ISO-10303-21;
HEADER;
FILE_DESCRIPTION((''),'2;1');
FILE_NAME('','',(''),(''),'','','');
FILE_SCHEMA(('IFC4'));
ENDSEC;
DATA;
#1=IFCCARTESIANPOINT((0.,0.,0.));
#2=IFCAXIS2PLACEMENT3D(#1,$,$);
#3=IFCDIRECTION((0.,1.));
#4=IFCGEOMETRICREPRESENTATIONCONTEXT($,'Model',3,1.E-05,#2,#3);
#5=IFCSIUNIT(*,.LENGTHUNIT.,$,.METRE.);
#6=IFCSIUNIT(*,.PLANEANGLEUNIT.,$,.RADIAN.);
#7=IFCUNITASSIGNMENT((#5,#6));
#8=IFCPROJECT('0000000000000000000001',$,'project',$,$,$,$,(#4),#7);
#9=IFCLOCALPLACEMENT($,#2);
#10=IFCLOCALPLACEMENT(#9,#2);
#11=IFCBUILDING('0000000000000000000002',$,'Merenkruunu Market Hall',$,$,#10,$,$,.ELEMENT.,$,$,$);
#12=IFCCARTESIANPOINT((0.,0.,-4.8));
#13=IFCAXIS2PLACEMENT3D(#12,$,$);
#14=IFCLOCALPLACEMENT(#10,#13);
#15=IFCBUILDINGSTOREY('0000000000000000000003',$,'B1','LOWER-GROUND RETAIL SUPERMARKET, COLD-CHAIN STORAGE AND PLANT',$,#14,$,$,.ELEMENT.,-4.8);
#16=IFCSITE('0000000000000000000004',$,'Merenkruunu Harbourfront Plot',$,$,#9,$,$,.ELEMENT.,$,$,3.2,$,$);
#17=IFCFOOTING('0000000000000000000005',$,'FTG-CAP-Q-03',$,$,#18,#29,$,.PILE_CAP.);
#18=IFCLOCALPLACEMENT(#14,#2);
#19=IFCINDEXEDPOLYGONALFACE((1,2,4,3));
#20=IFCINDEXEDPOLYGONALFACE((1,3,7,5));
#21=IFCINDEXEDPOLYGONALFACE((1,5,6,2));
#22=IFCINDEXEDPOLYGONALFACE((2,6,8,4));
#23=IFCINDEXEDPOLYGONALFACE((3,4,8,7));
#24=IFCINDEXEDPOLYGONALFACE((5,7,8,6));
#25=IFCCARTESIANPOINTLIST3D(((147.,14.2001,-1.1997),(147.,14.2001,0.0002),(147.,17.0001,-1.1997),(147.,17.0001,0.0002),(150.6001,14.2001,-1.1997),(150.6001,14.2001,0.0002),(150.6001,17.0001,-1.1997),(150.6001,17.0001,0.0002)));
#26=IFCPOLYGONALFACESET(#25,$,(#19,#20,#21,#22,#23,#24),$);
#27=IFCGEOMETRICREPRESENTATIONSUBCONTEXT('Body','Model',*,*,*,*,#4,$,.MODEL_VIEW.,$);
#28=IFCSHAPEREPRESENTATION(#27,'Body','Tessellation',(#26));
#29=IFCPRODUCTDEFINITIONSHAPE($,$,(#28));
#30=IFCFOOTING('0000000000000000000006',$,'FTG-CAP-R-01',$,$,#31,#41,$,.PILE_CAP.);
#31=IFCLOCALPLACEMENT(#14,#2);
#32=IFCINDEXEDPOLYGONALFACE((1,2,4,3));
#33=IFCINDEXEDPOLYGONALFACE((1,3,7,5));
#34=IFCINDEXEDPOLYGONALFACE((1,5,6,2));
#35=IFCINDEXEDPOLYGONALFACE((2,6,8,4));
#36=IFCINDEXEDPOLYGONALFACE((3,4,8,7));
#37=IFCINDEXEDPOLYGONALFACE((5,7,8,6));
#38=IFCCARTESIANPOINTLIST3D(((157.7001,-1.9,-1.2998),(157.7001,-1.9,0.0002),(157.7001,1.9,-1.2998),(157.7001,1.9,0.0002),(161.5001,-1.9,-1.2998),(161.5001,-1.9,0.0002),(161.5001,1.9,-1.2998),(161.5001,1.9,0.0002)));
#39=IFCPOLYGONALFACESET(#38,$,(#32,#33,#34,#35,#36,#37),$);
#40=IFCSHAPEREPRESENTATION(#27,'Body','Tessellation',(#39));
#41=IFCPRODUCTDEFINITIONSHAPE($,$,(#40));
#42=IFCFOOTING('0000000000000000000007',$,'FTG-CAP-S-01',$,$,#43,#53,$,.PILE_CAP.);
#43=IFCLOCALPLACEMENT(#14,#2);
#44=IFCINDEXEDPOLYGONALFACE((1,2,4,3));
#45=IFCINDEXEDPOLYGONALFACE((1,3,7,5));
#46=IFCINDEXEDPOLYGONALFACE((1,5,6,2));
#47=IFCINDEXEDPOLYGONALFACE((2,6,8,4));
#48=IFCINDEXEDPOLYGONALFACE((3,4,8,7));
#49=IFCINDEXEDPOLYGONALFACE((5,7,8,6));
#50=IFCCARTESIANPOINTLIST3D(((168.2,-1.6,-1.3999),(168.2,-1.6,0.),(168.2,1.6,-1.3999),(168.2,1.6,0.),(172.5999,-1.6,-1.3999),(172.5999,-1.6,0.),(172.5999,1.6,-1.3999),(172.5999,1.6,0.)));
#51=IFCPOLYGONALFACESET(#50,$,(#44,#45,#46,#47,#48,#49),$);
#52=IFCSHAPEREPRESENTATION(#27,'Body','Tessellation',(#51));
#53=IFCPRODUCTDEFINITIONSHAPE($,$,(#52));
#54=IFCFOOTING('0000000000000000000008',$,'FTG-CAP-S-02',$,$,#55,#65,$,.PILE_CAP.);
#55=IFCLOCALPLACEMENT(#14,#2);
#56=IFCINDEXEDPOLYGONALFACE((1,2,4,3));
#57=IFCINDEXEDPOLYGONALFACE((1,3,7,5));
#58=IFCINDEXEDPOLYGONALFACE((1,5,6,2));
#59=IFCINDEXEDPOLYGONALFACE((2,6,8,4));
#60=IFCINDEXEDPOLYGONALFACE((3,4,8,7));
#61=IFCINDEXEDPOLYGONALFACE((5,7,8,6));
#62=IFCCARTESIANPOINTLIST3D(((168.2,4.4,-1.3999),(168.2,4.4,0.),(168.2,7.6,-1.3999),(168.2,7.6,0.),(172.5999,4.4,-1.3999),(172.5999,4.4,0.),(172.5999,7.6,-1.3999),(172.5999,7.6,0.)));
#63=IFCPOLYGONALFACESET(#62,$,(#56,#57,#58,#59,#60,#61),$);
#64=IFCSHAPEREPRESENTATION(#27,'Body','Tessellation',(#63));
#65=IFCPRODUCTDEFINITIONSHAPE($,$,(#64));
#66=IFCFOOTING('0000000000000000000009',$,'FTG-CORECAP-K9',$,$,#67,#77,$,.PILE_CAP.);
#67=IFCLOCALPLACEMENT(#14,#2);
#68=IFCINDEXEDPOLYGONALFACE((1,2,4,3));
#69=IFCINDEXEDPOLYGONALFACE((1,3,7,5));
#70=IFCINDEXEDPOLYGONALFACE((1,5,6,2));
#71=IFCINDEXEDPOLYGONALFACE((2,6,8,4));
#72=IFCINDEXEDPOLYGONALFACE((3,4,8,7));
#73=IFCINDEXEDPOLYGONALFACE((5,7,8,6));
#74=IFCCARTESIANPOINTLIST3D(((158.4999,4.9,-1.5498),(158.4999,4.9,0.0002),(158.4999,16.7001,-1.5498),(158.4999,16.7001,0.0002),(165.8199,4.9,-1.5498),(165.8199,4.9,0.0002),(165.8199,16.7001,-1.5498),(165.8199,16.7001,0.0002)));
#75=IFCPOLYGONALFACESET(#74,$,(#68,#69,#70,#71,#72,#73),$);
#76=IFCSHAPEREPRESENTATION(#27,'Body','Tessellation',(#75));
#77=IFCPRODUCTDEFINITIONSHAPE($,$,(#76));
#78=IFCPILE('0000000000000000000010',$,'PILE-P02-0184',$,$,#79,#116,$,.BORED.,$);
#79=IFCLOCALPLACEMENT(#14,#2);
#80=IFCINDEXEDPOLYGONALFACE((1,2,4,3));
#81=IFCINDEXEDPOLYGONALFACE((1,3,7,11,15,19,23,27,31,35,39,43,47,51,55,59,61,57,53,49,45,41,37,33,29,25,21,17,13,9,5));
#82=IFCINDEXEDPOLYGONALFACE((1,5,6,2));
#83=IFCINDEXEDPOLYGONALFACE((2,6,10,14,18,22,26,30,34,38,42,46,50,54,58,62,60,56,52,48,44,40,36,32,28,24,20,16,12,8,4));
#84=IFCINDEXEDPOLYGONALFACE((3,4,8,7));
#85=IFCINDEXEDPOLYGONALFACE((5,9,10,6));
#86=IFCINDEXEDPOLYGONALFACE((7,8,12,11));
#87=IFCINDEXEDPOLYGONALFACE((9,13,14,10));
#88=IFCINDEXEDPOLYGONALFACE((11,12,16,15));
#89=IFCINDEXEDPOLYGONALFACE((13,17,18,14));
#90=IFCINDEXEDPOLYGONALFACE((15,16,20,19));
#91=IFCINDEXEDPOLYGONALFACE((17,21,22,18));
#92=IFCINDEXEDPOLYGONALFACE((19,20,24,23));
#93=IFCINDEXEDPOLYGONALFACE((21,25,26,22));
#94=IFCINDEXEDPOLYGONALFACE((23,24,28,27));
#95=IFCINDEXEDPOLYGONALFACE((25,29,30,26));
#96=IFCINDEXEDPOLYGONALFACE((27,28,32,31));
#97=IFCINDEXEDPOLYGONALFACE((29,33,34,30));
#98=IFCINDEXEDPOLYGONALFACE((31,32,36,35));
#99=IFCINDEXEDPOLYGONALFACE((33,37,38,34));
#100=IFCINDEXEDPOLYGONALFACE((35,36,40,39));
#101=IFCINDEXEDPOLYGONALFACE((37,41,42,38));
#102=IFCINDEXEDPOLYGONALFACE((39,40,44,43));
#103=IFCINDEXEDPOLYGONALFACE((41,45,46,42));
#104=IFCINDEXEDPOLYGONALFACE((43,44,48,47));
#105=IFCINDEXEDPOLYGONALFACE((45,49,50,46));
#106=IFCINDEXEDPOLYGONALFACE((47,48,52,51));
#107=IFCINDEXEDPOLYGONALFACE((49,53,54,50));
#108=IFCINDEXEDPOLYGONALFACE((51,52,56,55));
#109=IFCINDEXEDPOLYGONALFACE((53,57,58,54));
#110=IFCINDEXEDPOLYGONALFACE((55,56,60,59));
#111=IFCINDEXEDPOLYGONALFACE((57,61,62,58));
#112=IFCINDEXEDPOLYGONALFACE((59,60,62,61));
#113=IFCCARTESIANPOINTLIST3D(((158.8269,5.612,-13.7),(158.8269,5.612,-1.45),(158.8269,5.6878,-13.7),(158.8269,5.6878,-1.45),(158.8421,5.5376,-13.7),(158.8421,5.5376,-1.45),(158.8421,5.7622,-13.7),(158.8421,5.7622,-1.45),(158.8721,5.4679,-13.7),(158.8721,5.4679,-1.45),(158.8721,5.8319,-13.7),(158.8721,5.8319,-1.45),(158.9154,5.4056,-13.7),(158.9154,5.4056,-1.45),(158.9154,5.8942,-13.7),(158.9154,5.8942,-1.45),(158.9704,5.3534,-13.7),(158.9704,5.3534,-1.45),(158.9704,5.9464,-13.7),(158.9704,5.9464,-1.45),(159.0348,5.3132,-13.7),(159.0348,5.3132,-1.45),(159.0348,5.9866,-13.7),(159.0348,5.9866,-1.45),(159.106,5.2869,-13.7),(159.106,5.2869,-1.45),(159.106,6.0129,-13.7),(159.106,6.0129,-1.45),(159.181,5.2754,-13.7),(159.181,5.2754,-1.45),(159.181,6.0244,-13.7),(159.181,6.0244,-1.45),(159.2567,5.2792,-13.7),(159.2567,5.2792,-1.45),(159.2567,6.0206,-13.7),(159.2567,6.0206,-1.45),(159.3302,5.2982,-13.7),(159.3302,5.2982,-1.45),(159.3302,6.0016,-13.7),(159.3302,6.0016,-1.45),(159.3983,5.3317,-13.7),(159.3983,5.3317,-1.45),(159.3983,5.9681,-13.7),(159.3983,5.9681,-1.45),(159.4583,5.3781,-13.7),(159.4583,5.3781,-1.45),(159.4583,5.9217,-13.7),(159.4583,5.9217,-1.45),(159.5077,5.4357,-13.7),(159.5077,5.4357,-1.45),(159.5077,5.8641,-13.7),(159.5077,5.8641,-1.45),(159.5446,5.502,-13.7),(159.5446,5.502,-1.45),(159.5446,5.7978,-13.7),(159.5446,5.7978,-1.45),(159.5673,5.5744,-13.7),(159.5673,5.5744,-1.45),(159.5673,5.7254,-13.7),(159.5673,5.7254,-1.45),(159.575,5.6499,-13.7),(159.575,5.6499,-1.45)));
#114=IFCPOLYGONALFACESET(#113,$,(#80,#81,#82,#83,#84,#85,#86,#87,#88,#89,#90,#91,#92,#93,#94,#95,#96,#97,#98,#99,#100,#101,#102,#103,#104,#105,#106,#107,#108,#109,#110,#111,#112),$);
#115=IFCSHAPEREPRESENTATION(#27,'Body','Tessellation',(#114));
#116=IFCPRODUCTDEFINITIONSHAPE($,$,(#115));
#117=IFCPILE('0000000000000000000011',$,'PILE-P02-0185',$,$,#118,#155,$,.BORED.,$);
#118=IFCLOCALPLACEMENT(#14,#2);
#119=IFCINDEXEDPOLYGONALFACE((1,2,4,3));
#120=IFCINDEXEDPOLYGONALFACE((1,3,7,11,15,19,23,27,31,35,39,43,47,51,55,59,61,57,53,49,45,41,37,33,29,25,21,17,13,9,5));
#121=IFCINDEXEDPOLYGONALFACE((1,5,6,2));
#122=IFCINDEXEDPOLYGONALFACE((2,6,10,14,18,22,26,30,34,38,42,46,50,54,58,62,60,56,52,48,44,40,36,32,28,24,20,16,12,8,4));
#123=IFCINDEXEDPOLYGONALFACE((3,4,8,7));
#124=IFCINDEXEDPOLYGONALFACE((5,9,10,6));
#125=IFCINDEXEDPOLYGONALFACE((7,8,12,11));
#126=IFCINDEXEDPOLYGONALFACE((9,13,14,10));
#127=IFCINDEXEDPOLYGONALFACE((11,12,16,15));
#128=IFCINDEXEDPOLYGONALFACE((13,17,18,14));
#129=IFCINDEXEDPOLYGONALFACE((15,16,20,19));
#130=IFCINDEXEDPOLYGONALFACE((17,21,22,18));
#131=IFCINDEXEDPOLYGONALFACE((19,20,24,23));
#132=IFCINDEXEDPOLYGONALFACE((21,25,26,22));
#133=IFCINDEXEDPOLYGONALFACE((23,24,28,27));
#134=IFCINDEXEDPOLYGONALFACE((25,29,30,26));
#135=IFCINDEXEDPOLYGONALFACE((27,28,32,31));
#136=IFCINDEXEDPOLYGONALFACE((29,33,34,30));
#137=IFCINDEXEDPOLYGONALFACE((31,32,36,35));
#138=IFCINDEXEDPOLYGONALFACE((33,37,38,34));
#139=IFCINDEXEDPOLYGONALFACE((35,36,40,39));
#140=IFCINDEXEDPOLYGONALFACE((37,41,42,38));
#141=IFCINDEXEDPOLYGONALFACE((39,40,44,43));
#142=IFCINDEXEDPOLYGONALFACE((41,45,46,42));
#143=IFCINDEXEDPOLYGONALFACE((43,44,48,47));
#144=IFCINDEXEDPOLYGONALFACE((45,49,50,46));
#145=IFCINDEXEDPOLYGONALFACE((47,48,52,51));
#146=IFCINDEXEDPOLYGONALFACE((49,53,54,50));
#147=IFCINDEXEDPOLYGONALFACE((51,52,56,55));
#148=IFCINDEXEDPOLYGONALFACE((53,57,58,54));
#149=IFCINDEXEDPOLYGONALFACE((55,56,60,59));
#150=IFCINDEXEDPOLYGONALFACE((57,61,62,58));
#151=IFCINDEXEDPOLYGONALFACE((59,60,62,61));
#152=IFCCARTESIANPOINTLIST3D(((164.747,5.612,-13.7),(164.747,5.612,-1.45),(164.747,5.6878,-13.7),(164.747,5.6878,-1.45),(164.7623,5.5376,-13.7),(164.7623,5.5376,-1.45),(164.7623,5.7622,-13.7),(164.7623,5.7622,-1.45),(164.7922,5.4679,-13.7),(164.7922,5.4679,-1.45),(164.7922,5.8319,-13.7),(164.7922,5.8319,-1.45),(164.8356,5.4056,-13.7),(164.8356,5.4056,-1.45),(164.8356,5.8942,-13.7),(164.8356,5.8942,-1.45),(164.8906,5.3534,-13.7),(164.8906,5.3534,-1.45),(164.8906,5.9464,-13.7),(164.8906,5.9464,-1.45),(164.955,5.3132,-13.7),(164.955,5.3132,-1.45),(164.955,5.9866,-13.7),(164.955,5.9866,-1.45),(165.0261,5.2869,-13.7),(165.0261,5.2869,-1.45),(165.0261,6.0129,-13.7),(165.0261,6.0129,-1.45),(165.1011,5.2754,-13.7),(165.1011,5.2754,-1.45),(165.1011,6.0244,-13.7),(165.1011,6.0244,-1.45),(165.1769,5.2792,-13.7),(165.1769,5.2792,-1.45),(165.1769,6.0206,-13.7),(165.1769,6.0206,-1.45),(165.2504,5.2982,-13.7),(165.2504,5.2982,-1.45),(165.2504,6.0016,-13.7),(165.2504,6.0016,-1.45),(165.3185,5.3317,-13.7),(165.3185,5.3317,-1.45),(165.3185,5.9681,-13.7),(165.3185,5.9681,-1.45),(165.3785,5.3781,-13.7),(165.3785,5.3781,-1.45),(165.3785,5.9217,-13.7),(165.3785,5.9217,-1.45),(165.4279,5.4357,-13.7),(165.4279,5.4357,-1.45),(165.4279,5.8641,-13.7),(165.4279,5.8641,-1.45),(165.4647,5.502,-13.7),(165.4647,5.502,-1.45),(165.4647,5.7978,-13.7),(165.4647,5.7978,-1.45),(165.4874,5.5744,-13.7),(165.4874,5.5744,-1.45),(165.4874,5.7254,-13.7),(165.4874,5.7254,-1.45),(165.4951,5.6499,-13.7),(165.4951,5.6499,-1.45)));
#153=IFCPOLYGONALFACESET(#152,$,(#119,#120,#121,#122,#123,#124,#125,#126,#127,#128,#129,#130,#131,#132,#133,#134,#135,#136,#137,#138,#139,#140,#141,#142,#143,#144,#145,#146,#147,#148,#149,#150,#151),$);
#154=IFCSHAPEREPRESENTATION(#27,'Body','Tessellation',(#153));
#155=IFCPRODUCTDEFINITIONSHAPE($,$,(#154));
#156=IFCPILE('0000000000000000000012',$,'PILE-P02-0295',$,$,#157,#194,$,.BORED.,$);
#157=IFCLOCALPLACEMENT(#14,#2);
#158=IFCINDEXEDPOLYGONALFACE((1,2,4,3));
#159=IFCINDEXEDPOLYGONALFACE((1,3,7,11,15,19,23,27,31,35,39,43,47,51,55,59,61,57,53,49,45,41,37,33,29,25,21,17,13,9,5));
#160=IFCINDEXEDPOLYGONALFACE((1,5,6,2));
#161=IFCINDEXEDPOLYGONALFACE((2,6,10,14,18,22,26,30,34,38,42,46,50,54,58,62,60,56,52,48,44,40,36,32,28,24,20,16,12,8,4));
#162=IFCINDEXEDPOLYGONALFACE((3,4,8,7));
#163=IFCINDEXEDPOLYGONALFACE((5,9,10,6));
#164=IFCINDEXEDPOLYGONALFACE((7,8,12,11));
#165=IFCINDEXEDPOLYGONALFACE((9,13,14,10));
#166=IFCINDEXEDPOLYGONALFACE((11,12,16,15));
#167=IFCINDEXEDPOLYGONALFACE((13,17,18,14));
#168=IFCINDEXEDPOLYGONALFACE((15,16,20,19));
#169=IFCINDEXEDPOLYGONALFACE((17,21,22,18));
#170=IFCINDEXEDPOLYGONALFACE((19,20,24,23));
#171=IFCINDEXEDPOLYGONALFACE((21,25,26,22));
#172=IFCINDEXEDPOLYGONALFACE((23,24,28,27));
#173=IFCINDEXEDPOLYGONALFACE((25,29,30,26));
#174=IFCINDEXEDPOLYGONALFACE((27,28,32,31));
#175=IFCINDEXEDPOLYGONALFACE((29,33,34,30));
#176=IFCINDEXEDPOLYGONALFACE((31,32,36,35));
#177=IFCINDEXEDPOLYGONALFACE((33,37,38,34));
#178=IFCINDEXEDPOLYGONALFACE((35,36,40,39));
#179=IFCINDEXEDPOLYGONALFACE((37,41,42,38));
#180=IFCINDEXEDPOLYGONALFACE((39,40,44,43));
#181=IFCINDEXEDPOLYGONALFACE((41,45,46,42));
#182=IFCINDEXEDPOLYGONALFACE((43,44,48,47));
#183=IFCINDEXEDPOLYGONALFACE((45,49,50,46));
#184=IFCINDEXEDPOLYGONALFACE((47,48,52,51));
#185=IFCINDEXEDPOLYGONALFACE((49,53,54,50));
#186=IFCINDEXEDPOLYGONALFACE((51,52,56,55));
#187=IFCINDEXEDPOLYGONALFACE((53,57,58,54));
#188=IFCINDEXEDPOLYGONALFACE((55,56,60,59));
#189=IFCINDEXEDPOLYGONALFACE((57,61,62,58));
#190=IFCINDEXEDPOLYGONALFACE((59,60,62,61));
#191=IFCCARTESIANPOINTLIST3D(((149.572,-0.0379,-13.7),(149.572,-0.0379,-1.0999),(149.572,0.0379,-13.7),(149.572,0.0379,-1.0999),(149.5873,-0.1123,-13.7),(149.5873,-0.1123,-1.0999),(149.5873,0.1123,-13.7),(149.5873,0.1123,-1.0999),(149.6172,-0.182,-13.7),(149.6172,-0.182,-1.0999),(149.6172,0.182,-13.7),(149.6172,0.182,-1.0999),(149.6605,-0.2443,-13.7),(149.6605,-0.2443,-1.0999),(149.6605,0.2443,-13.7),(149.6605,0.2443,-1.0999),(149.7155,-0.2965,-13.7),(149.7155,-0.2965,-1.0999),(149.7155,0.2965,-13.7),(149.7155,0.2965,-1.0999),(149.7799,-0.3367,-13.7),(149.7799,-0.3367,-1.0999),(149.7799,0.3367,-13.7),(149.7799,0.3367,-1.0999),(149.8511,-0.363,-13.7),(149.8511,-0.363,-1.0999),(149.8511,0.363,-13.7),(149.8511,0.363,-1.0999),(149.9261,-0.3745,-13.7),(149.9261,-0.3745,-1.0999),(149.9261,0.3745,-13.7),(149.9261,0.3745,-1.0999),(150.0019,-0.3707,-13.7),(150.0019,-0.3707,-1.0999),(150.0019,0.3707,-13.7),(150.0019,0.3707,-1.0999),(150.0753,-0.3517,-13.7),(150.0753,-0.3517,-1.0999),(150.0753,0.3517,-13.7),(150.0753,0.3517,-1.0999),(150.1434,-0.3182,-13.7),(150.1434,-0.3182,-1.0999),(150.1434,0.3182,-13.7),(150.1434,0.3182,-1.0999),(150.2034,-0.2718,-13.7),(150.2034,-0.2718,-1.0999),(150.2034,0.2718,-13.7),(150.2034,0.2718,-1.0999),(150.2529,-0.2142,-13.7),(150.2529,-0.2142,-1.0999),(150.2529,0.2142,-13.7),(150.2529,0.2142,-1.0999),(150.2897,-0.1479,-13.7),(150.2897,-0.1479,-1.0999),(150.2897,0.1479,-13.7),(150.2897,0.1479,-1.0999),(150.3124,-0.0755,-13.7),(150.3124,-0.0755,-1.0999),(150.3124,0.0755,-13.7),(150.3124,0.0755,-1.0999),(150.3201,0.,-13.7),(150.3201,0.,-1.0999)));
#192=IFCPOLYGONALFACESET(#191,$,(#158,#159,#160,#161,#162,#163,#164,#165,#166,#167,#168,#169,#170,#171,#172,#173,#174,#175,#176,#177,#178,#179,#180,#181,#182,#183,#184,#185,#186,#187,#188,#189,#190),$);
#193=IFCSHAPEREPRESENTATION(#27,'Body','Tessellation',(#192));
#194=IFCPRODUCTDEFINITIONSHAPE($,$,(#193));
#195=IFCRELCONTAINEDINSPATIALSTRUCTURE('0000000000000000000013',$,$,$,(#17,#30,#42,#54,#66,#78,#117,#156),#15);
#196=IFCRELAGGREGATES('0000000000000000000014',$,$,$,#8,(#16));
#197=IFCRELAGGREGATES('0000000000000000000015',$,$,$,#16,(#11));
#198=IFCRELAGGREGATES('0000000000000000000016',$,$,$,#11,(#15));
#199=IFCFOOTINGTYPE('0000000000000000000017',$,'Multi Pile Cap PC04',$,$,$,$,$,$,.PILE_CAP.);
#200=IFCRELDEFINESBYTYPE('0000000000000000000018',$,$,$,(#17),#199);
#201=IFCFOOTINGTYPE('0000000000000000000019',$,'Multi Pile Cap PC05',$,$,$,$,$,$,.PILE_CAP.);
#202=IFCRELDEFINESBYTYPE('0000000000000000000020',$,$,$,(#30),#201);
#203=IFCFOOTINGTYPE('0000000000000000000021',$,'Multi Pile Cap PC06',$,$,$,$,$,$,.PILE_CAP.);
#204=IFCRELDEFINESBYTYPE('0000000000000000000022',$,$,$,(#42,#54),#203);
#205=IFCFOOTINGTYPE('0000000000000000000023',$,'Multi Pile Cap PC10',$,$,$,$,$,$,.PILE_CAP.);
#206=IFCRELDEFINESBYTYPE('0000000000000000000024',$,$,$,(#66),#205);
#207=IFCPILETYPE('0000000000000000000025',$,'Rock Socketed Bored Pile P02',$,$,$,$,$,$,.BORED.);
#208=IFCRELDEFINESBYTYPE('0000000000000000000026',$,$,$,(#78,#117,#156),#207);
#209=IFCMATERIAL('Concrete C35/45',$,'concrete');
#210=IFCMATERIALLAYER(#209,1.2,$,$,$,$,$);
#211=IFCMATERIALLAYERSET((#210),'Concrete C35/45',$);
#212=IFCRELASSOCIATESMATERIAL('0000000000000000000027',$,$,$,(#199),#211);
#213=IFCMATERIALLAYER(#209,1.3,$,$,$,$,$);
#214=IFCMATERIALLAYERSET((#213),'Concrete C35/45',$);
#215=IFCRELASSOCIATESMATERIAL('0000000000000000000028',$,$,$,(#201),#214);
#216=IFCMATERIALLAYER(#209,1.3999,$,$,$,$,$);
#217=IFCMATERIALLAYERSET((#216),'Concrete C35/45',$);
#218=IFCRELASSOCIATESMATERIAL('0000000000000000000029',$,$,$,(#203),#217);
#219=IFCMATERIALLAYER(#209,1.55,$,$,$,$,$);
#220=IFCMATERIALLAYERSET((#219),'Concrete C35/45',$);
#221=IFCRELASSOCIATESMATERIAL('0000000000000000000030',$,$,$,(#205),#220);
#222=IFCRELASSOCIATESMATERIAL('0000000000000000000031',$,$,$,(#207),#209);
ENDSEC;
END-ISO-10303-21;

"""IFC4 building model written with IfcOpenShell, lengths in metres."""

from ifc_helpers import new_model, si_unit, direction, frame, origin, origin_2d, place, context, subcontext, project, spatial, rectangle, circle, extrude, material, layer, layer_set, material_profile, profile_set, type_object, element, save


model = new_model("IFC4")

# Units and contexts
model_context = context("Model", 3, precision=1e-05, world=origin(), true_north=direction((0.0, 1.0)))
body_context = subcontext(model_context, "Body", "Model", "MODEL_VIEW")
ifc_project = project(units=[si_unit("LENGTHUNIT", "METRE"), si_unit("PLANEANGLEUNIT", "RADIAN")], contexts=[model_context])

# Site, building, storey
site_placement = place(None, origin())
site = spatial("IfcSite", under=ifc_project, at=site_placement, Name="Merenkruunu Harbourfront Plot", CompositionType="ELEMENT", RefElevation=3.2)
building_placement = place(site_placement, origin())
building = spatial("IfcBuilding", under=site, at=building_placement, Name="Merenkruunu Market Hall", CompositionType="ELEMENT")
storey_placement = place(building_placement, frame((0.0, 0.0, -4.8)))
storey = spatial("IfcBuildingStorey", under=building, at=storey_placement, Name="B1", Description="LOWER-GROUND RETAIL SUPERMARKET, COLD-CHAIN STORAGE AND PLANT", CompositionType="ELEMENT", Elevation=-4.8)

# Footings
ifc_material = material(Name="Concrete C35/45", Category="concrete")
ifc_layer_1 = layer(ifc_material, 1.2)
ifc_layer_set_1 = layer_set([ifc_layer_1], Name="Concrete C35/45")
footing_type_1 = type_object("IfcFootingType", Name="Multi Pile Cap PC04", PredefinedType="PILE_CAP", material=ifc_layer_set_1)
footing_1_placement = place(storey_placement, frame((148.8, 15.6001, -1.1997), z_axis=(0.0, 0.0, 1.0), x_axis=(1.0, 0.0, 0.0)))
element("IfcFooting", 1, at=footing_1_placement, inside=storey, type_object=footing_type_1, Name="FTG-CAP-Q-03", PredefinedType="PILE_CAP", context=body_context, shape_type="SweptSolid", body=[
    extrude(rectangle(XDim=3.6001, YDim=2.8, at=origin_2d()), origin(), (0.0, 0.0, 1.0), 1.2),
])
ifc_layer_2 = layer(ifc_material, 1.3)
ifc_layer_set_2 = layer_set([ifc_layer_2], Name="Concrete C35/45")
footing_type_2 = type_object("IfcFootingType", Name="Multi Pile Cap PC05", PredefinedType="PILE_CAP", material=ifc_layer_set_2)
footing_2_placement = place(storey_placement, frame((159.6001, 0.0, -1.2998), z_axis=(0.0, 0.0, 1.0), x_axis=(1.0, 0.0, 0.0)))
element("IfcFooting", 2, at=footing_2_placement, inside=storey, type_object=footing_type_2, Name="FTG-CAP-R-01", PredefinedType="PILE_CAP", context=body_context, shape_type="SweptSolid", body=[
    extrude(rectangle(XDim=3.8, YDim=3.8, at=origin_2d()), origin(), (0.0, 0.0, 1.0), 1.3),
])
ifc_layer_3 = layer(ifc_material, 1.3999)
ifc_layer_set_3 = layer_set([ifc_layer_3], Name="Concrete C35/45")
footing_type_3 = type_object("IfcFootingType", Name="Multi Pile Cap PC06", PredefinedType="PILE_CAP", material=ifc_layer_set_3)
for number, where, z_axis, x_axis, name in (
    (3, (170.3999, 0.0, -1.3999), (0.0, 0.0, 1.0), (1.0, 0.0, 0.0), "FTG-CAP-S-01"),
    (4, (170.3999, 6.0, -1.3999), (0.0, 0.0, 1.0), (1.0, 0.0, 0.0), "FTG-CAP-S-02"),
):
    element("IfcFooting", number, at=place(storey_placement, frame(where, z_axis=z_axis, x_axis=x_axis)), inside=storey, type_object=footing_type_3, Name=name, PredefinedType="PILE_CAP", context=body_context, shape_type="SweptSolid", body=[
        extrude(rectangle(XDim=4.3999, YDim=3.2, at=origin_2d()), origin(), (0.0, 0.0, 1.0), 1.3999),
    ])
ifc_layer_4 = layer(ifc_material, 1.55)
ifc_layer_set_4 = layer_set([ifc_layer_4], Name="Concrete C35/45")
footing_type_4 = type_object("IfcFootingType", Name="Multi Pile Cap PC10", PredefinedType="PILE_CAP", material=ifc_layer_set_4)
footing_3_placement = place(storey_placement, frame((162.1599, 10.8, -1.5498), z_axis=(0.0, 0.0, 1.0), x_axis=(1.0, 0.0, 0.0)))
element("IfcFooting", 5, at=footing_3_placement, inside=storey, type_object=footing_type_4, Name="FTG-CORECAP-K9", PredefinedType="PILE_CAP", context=body_context, shape_type="SweptSolid", body=[
    extrude(rectangle(XDim=7.3201, YDim=11.8, at=origin_2d()), origin(), (0.0, 0.0, 1.0), 1.55),
])

# Piles
ifc_material_profile_1 = material_profile(ifc_material, circle(Radius=0.375, at=origin_2d()), Name="BORED PILE 750")
ifc_profile_set_1 = profile_set([ifc_material_profile_1], Name="Concrete C35/45")
pile_type_1 = type_object("IfcPileType", Name="Rock Socketed Bored Pile P02", PredefinedType="BORED", material=ifc_profile_set_1)
for number, where, z_axis, x_axis, name in (
    (6, (159.2, 5.6499, -1.45), (0.0, 0.0, -1.0), (1.0, 0.0, 0.0), "PILE-P02-0184"),
    (7, (165.1201, 5.6499, -1.45), (0.0, 0.0, -1.0), (1.0, 0.0, 0.0), "PILE-P02-0185"),
):
    element("IfcPile", number, at=place(storey_placement, frame(where, z_axis=z_axis, x_axis=x_axis)), inside=storey, type_object=pile_type_1, Name=name, PredefinedType="BORED", context=body_context, shape_type="SweptSolid", body=[
        extrude(circle(Radius=0.375, at=origin_2d()), origin(), (0.0, 0.0, 1.0), 12.25),
    ])
for number, where, z_axis, x_axis, name in (
    (8, (149.9451, 0.0, -1.0999), (0.0, 0.0, -1.0), (1.0, 0.0, 0.0), "PILE-P02-0295"),
):
    element("IfcPile", number, at=place(storey_placement, frame(where, z_axis=z_axis, x_axis=x_axis)), inside=storey, type_object=pile_type_1, Name=name, PredefinedType="BORED", context=body_context, shape_type="SweptSolid", body=[
        extrude(circle(Radius=0.375, at=origin_2d()), origin(), (0.0, 0.0, 1.0), 12.6001),
    ])

save(model, "model.ifc")
